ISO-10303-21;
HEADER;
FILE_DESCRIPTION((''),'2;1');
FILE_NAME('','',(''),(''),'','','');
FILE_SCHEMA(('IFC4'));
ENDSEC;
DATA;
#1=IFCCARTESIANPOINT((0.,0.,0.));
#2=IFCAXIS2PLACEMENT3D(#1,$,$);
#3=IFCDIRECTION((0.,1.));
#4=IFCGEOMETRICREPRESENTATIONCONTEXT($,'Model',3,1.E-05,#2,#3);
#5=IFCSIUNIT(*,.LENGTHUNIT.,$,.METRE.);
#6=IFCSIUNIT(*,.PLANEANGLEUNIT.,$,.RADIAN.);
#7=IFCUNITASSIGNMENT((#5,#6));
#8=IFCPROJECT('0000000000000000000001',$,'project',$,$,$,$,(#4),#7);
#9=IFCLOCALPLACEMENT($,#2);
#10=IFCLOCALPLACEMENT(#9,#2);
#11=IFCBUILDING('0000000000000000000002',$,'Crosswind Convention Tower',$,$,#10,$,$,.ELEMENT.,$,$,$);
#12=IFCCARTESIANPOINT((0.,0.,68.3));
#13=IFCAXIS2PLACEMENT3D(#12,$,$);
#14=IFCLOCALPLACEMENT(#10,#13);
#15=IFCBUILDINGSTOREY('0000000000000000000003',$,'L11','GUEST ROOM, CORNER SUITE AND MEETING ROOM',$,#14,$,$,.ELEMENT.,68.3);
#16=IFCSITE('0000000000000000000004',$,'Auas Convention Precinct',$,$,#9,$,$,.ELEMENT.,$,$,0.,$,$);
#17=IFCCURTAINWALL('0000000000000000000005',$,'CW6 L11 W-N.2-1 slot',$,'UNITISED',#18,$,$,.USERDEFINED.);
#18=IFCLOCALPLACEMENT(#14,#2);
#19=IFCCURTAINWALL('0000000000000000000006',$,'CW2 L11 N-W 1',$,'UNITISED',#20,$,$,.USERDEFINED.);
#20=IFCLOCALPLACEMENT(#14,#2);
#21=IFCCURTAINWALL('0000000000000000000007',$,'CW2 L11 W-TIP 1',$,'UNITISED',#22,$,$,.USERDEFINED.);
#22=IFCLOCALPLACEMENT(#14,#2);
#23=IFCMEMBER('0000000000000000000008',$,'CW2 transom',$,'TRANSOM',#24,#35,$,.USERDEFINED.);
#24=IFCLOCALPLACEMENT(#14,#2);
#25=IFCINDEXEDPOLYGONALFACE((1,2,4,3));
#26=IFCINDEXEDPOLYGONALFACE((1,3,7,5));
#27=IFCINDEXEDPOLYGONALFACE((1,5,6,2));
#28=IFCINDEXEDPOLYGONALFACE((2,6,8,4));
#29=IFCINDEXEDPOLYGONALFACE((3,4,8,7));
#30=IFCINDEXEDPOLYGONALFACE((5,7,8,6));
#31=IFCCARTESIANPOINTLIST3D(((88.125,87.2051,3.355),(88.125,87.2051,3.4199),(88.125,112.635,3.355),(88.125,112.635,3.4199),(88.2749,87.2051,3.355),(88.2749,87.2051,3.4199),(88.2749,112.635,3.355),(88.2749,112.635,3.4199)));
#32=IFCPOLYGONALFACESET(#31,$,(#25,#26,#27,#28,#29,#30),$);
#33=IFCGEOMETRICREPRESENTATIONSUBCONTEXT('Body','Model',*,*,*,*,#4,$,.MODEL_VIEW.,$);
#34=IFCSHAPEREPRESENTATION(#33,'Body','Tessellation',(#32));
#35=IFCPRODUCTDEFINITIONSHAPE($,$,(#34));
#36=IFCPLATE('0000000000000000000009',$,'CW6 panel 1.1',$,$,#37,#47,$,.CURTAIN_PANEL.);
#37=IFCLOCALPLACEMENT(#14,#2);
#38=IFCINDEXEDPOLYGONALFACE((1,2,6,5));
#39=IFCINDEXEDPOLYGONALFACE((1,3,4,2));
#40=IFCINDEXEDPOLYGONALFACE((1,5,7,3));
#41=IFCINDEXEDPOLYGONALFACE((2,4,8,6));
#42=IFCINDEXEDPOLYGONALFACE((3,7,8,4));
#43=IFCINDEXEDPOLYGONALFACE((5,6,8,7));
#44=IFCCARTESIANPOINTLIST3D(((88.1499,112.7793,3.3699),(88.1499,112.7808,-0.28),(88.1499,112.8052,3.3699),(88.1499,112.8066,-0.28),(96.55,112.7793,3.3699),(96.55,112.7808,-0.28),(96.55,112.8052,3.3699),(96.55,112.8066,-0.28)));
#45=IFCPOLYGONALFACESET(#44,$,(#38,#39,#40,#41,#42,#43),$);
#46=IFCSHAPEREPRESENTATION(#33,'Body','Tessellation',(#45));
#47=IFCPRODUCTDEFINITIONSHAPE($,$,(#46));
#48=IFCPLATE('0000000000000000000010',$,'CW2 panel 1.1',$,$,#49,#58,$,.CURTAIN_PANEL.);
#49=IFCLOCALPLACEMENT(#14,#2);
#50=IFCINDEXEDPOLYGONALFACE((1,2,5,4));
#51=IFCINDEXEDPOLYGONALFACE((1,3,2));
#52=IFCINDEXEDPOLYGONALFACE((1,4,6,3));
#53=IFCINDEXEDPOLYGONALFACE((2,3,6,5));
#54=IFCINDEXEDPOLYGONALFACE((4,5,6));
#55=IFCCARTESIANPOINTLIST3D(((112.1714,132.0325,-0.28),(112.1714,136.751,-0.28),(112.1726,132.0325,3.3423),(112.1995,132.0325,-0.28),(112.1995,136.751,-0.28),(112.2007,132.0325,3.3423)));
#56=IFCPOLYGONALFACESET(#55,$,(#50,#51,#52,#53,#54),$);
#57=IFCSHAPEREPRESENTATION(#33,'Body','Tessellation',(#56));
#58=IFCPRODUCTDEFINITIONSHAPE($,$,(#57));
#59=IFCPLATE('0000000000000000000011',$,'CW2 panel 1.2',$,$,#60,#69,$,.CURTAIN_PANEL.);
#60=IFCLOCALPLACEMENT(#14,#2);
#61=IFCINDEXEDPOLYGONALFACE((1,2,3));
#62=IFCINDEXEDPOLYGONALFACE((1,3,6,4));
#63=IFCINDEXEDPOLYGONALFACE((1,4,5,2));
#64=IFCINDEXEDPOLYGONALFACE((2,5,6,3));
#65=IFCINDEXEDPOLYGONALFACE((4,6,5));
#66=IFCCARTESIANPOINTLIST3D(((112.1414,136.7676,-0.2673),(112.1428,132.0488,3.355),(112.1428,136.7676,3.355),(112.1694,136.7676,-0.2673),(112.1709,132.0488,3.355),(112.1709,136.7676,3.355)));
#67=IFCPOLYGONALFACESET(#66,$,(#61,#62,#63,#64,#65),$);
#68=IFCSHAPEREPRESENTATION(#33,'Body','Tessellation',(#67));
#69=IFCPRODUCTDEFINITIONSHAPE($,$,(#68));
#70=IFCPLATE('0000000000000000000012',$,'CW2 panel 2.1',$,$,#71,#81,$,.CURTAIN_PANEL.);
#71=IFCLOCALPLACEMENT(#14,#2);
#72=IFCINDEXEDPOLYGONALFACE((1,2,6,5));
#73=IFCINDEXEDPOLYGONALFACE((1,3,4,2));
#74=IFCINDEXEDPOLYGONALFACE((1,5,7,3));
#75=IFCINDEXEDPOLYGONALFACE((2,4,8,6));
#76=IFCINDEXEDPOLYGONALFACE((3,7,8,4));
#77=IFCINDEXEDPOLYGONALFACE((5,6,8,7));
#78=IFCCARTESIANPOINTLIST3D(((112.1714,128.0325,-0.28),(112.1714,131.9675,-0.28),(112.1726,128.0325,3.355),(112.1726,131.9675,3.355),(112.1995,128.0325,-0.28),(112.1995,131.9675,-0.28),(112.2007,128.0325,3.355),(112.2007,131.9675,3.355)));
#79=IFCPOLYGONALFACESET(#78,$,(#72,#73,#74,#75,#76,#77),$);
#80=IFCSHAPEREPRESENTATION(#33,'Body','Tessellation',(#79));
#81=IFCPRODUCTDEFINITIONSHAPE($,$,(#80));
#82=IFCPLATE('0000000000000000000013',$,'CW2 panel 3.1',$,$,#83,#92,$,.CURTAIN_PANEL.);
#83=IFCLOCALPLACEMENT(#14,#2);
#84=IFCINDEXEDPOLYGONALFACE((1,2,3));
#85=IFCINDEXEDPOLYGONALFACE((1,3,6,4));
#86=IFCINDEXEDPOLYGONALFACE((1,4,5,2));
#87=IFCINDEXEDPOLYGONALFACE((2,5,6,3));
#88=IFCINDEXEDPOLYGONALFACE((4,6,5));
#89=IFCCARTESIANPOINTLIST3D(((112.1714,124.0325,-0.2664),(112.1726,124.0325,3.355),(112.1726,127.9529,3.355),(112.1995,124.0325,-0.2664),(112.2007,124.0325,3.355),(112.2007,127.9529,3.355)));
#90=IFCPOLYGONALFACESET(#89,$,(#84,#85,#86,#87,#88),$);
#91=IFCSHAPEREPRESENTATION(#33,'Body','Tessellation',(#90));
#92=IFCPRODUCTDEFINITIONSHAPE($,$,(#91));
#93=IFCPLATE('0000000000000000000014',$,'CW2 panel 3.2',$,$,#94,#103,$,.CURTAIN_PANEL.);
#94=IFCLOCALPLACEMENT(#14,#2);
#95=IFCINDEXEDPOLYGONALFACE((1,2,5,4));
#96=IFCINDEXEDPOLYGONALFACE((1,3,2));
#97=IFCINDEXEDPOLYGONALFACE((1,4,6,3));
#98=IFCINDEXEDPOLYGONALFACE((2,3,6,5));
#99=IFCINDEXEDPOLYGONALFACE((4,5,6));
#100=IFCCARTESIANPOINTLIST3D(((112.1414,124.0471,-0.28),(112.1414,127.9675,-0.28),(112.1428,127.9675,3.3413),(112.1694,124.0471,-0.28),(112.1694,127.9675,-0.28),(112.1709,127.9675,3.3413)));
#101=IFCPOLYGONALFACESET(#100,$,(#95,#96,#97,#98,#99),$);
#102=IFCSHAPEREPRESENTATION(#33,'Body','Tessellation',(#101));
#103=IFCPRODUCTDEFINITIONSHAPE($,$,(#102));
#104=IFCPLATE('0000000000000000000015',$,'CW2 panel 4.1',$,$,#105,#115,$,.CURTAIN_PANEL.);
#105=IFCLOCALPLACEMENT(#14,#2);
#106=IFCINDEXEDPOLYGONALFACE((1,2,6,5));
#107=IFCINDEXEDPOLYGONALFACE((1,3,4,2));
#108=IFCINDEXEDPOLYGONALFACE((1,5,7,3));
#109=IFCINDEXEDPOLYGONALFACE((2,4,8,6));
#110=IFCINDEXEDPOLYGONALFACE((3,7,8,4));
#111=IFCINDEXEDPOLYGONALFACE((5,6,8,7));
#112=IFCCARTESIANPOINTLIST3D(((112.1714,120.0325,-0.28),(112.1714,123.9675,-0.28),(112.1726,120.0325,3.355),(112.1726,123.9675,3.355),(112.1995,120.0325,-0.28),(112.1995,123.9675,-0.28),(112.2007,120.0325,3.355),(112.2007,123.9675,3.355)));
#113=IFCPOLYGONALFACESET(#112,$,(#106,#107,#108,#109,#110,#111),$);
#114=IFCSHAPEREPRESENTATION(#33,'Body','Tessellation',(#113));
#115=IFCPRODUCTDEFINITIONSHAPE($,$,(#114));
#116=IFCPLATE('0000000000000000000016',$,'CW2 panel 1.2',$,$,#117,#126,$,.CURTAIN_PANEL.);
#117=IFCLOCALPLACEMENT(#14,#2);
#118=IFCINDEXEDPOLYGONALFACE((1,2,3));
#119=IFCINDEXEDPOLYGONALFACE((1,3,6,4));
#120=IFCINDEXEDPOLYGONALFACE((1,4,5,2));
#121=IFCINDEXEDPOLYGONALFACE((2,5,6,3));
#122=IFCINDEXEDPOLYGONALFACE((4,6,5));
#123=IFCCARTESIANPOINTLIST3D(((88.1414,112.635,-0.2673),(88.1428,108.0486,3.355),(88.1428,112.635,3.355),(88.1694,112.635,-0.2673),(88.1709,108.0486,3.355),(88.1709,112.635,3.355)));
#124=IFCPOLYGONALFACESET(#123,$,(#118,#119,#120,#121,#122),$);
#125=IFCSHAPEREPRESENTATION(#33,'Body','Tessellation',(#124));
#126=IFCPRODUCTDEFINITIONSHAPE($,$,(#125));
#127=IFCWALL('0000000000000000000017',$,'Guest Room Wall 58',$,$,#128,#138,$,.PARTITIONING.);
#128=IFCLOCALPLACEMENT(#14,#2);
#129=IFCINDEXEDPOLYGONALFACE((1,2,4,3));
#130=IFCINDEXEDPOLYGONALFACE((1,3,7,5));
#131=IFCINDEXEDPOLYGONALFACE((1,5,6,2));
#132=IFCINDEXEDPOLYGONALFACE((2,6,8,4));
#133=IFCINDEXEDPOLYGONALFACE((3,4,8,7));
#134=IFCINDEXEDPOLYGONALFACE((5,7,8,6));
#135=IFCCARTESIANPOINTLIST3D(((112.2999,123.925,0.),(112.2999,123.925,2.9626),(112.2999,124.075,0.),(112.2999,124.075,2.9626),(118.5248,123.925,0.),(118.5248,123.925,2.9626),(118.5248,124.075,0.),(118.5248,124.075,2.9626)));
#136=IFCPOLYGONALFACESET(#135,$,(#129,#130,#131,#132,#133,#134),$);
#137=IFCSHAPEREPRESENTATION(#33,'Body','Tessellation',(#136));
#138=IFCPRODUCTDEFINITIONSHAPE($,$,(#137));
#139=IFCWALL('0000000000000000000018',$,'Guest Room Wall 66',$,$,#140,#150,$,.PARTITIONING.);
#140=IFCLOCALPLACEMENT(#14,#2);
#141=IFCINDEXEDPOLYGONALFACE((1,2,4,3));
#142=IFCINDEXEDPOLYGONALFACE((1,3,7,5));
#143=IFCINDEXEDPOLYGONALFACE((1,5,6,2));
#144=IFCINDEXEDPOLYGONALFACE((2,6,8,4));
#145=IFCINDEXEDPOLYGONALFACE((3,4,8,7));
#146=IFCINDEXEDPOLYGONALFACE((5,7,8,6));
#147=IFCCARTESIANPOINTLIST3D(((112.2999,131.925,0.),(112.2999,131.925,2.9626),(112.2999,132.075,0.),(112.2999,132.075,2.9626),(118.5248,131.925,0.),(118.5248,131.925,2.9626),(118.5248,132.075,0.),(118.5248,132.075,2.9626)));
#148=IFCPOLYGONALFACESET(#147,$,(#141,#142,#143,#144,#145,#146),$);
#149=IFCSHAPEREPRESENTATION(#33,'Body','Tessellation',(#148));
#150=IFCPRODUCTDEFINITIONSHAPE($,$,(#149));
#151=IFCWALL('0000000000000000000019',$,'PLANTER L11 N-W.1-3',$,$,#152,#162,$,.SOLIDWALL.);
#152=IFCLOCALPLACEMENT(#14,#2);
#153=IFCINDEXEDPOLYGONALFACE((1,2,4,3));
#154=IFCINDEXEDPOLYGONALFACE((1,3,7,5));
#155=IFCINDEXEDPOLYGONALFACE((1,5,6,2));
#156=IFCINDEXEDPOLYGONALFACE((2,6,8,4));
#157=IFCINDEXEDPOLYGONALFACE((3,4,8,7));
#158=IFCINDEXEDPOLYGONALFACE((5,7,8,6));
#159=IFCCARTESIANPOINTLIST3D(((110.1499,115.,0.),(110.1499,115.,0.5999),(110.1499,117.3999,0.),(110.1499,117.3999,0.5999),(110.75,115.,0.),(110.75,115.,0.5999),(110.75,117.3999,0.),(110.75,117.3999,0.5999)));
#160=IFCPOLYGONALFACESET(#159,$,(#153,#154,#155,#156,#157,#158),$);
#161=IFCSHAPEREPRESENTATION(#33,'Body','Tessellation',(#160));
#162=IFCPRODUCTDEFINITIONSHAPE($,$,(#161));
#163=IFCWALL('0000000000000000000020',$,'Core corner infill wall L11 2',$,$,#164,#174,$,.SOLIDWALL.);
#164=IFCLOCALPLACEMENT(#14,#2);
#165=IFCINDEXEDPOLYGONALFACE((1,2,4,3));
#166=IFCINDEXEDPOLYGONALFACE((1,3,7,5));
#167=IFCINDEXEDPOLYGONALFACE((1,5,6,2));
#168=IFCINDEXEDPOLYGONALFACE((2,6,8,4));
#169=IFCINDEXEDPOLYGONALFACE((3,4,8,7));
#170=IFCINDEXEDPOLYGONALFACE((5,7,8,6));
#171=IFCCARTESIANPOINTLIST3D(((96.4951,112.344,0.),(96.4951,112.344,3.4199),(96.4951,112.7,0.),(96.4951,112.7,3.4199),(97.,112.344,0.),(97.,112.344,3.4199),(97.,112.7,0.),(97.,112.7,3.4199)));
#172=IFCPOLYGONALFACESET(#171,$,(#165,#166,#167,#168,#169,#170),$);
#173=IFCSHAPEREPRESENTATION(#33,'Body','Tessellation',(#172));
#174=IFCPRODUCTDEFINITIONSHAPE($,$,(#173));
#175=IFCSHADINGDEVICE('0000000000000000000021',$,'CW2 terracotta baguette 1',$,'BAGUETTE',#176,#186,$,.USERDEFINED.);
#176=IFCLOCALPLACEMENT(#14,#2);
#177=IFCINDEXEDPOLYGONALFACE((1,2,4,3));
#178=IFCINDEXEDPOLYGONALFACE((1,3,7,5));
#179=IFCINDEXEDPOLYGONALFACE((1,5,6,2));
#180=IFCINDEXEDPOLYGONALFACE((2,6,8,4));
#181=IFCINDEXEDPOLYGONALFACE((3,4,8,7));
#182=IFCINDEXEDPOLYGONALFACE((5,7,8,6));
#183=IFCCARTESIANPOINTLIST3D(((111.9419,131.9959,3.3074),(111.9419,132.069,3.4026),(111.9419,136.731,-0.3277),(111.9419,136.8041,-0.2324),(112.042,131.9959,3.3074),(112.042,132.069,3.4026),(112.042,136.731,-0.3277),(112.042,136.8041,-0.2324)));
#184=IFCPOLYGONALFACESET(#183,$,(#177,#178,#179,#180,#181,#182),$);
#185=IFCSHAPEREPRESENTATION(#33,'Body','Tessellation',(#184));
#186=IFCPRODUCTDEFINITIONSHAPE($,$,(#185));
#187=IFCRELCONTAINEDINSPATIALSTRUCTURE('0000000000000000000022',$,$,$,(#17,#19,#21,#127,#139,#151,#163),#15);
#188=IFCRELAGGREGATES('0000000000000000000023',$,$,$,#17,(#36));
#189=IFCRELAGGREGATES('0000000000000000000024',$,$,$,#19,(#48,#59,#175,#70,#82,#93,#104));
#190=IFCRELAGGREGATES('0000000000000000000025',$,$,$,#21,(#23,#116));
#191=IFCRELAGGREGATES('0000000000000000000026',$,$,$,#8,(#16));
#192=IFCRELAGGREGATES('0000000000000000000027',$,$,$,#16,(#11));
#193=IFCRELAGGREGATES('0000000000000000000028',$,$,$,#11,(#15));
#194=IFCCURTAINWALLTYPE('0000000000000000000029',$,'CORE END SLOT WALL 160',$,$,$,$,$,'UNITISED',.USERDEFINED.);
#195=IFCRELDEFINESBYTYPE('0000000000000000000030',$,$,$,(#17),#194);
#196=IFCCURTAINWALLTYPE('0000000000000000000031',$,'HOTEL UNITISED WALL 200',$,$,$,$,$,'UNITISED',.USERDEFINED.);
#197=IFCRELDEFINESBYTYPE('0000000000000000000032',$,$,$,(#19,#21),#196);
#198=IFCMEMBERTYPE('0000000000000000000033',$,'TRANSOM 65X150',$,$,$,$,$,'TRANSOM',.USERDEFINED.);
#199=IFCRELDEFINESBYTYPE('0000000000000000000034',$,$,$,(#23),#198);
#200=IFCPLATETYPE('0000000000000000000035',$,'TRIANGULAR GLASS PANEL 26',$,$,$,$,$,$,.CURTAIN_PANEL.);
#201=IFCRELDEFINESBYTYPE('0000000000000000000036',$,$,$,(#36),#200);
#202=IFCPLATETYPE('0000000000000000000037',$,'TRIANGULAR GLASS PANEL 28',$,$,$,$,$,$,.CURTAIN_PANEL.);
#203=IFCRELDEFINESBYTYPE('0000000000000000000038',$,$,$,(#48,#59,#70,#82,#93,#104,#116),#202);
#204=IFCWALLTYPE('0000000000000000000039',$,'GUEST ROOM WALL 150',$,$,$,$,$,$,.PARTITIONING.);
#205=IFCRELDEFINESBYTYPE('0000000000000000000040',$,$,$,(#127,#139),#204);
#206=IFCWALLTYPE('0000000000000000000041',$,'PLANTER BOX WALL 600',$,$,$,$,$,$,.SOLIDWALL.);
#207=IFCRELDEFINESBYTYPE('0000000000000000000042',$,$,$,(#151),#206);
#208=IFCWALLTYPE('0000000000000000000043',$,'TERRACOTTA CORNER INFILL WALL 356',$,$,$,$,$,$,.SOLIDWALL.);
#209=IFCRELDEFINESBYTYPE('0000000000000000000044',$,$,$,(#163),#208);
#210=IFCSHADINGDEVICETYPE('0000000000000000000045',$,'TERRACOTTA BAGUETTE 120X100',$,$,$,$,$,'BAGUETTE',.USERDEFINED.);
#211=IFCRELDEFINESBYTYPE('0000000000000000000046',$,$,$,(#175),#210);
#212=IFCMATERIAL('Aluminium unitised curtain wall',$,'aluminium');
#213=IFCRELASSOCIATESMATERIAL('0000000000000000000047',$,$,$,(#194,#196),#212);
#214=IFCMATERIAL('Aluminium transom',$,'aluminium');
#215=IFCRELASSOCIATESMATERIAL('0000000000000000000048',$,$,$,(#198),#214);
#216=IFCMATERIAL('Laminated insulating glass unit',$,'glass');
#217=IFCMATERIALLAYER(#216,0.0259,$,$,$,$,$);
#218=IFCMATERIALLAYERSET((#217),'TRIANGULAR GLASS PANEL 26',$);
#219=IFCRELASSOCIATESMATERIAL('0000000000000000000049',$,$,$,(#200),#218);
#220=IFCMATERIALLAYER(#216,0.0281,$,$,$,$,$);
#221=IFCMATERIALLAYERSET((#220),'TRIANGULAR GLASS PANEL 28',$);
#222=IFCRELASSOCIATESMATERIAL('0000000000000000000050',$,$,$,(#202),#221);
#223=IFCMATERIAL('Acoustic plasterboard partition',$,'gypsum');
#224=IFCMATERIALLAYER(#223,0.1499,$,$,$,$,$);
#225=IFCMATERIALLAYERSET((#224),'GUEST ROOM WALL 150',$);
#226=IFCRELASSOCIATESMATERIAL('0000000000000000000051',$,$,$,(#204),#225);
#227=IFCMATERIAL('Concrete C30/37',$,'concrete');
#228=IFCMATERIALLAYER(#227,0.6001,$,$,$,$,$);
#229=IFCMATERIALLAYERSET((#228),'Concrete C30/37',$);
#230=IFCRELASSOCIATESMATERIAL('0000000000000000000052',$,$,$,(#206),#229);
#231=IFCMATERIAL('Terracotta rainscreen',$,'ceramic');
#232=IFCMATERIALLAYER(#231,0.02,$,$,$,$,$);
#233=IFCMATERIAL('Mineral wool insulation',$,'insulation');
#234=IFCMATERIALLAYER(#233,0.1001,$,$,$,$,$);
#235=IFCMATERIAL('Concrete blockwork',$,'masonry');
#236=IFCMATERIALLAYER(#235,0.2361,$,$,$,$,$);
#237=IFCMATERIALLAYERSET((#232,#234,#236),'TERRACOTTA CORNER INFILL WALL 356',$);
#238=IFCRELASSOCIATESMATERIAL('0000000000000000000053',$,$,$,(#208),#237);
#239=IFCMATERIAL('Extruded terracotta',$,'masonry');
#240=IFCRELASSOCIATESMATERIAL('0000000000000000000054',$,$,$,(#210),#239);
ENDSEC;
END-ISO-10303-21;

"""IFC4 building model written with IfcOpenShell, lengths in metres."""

from ifc_helpers import new_model, si_unit, direction, frame, frame_2d, origin, origin_2d, place, context, subcontext, project, spatial, polyline, rectangle, outline, extrude, material, layer, layer_set, material_profile, profile_set, type_object, element, aggregate, save


model = new_model("IFC4")

# Units and contexts
model_context = context("Model", 3, precision=1e-05, world=origin(), true_north=direction((0.0, 1.0)))
body_context = subcontext(model_context, "Body", "Model", "MODEL_VIEW")
ifc_project = project(units=[si_unit("LENGTHUNIT", "METRE"), si_unit("PLANEANGLEUNIT", "RADIAN")], contexts=[model_context])

# Site, building, storey
site_placement = place(None, origin())
site = spatial("IfcSite", under=ifc_project, at=site_placement, Name="Auas Convention Precinct", CompositionType="ELEMENT", RefElevation=0.0)
building_placement = place(site_placement, origin())
building = spatial("IfcBuilding", under=site, at=building_placement, Name="Crosswind Convention Tower", CompositionType="ELEMENT")
storey_placement = place(building_placement, frame((0.0, 0.0, 68.3)))
storey = spatial("IfcBuildingStorey", under=building, at=storey_placement, Name="L11", Description="GUEST ROOM, CORNER SUITE AND MEETING ROOM", CompositionType="ELEMENT", Elevation=68.3)

# Curtain wall
ifc_material_1 = material(Name="Aluminium unitised curtain wall", Category="aluminium")
curtain_wall_type_1 = type_object("IfcCurtainWallType", Name="CORE END SLOT WALL 160", ElementType="UNITISED", PredefinedType="USERDEFINED", material=ifc_material_1)
curtain_wall_1_placement = place(storey_placement, origin())
curtain_wall_1 = element("IfcCurtainWall", 1, at=curtain_wall_1_placement, inside=storey, type_object=curtain_wall_type_1, Name="CW6 L11 W-N.2-1 slot", ObjectType="UNITISED", PredefinedType="USERDEFINED")

# Shared definitions
curtain_wall_type_2 = type_object("IfcCurtainWallType", Name="HOTEL UNITISED WALL 200", ElementType="UNITISED", PredefinedType="USERDEFINED", material=ifc_material_1)

# Curtain wall
curtain_wall_2_placement = place(storey_placement, origin())
curtain_wall_2 = element("IfcCurtainWall", 2, at=curtain_wall_2_placement, inside=storey, type_object=curtain_wall_type_2, Name="CW2 L11 N-W 1", ObjectType="UNITISED", PredefinedType="USERDEFINED")

# Curtain wall
curtain_wall_3_placement = place(storey_placement, origin())
curtain_wall_3 = element("IfcCurtainWall", 3, at=curtain_wall_3_placement, inside=storey, type_object=curtain_wall_type_2, Name="CW2 L11 W-TIP 1", ObjectType="UNITISED", PredefinedType="USERDEFINED")

# Member
ifc_material_2 = material(Name="Aluminium transom", Category="aluminium")
ifc_material_profile_1 = material_profile(ifc_material_2, rectangle(XDim=0.1499, YDim=0.0649, at=origin_2d()), Name="AL 150X65")
ifc_profile_set_1 = profile_set([ifc_material_profile_1], Name="Aluminium transom")
member_type_1 = type_object("IfcMemberType", Name="TRANSOM 65X150", ElementType="TRANSOM", PredefinedType="USERDEFINED", material=ifc_profile_set_1)
member_1_placement = place(storey_placement, frame((88.2, 112.635, 3.3875), z_axis=(0.0, -1.0, 0.0), x_axis=(1.0, 0.0, 0.0)))
member_1 = element("IfcMember", 4, at=member_1_placement, type_object=member_type_1, Name="CW2 transom", ObjectType="TRANSOM", PredefinedType="USERDEFINED", context=body_context, shape_type="SweptSolid", body=[
    extrude(rectangle(XDim=0.1499, YDim=0.0649, at=origin_2d()), origin(), (0.0, 0.0, 1.0), 25.4299),
])

# Plates
ifc_material_3 = material(Name="Laminated insulating glass unit", Category="glass")
ifc_layer_1 = layer(ifc_material_3, 0.0259)
ifc_layer_set_1 = layer_set([ifc_layer_1], Name="TRIANGULAR GLASS PANEL 26")
plate_type_1 = type_object("IfcPlateType", Name="TRIANGULAR GLASS PANEL 26", PredefinedType="CURTAIN_PANEL", material=ifc_layer_set_1)
plate_1_placement = place(storey_placement, frame((96.55, 112.8066, -0.28), z_axis=(0.0, 1.0, 0.000401), x_axis=(-1.0, 0.0, 0.0)))
plate_1 = element("IfcPlate", 5, at=plate_1_placement, type_object=plate_type_1, Name="CW6 panel 1.1", PredefinedType="CURTAIN_PANEL", context=body_context, shape_type="SweptSolid", body=[
    extrude(outline(polyline([(0.0, 0.0), (8.4001, 0.0), (8.4001, 3.6499), (0.0, 3.6499), (0.0, 0.0)])), origin(), (0.0, 0.0, -1.0), 0.0259),
])
aggregate(curtain_wall_1, [plate_1])
ifc_layer_2 = layer(ifc_material_3, 0.0281)
ifc_layer_set_2 = layer_set([ifc_layer_2], Name="TRIANGULAR GLASS PANEL 28")
plate_type_2 = type_object("IfcPlateType", Name="TRIANGULAR GLASS PANEL 28", PredefinedType="CURTAIN_PANEL", material=ifc_layer_set_2)
plate_2_placement = place(storey_placement, frame((112.1714, 132.0325, -0.28), z_axis=(-1.0, 0.0, 0.000337), x_axis=(0.000337, 0.0, 1.0)))
plate_2 = element("IfcPlate", 6, at=plate_2_placement, type_object=plate_type_2, Name="CW2 panel 1.1", PredefinedType="CURTAIN_PANEL", context=body_context, shape_type="SweptSolid", body=[
    extrude(outline(polyline([(0.0, 0.0), (3.6223, 0.0), (0.0, 4.7185), (0.0, 0.0)])), origin(), (0.0, 0.0, -1.0), 0.0281),
])
plate_3_placement = place(storey_placement, frame((112.1428, 136.7676, 3.355), z_axis=(-1.0, 0.0, 0.000404), x_axis=(-0.000404, 0.0, -1.0)))
plate_3 = element("IfcPlate", 7, at=plate_3_placement, type_object=plate_type_2, Name="CW2 panel 1.2", PredefinedType="CURTAIN_PANEL", context=body_context, shape_type="SweptSolid", body=[
    extrude(outline(polyline([(0.0, 0.0), (3.6223, 0.0), (0.0, 4.7188), (0.0, 0.0)])), origin(), (0.0, 0.0, -1.0), 0.0281),
])
plate_4_placement = place(storey_placement, frame((112.1714, 131.9675, -0.28), z_axis=(-1.0, 0.0, 0.000336), x_axis=(0.0, -1.0, 0.0)))
plate_4 = element("IfcPlate", 8, at=plate_4_placement, type_object=plate_type_2, Name="CW2 panel 2.1", PredefinedType="CURTAIN_PANEL", context=body_context, shape_type="SweptSolid", body=[
    extrude(outline(polyline([(0.0, 0.0), (3.9351, 0.0), (3.9351, 3.635), (0.0, 3.635), (0.0, 0.0)])), origin(), (0.0, 0.0, -1.0), 0.0281),
])
plate_5_placement = place(storey_placement, frame((112.1726, 124.0325, 3.355), z_axis=(-1.0, 0.0, 0.000337), x_axis=(0.0, 1.0, 0.0)))
plate_5 = element("IfcPlate", 9, at=plate_5_placement, type_object=plate_type_2, Name="CW2 panel 3.1", PredefinedType="CURTAIN_PANEL", context=body_context, shape_type="SweptSolid", body=[
    extrude(outline(polyline([(0.0, 0.0), (3.9204, 0.0), (0.0, 3.6213), (0.0, 0.0)])), origin(), (0.0, 0.0, -1.0), 0.0281),
])
plate_6_placement = place(storey_placement, frame((112.1414, 127.9675, -0.28), z_axis=(-1.0, 0.0, 0.000405), x_axis=(0.0, -1.0, 0.0)))
plate_6 = element("IfcPlate", 10, at=plate_6_placement, type_object=plate_type_2, Name="CW2 panel 3.2", PredefinedType="CURTAIN_PANEL", context=body_context, shape_type="SweptSolid", body=[
    extrude(outline(polyline([(0.0, 0.0), (3.9204, 0.0), (0.0, 3.6213), (0.0, 0.0)])), origin(), (0.0, 0.0, -1.0), 0.0281),
])
plate_7_placement = place(storey_placement, frame((112.1714, 123.9675, -0.28), z_axis=(-1.0, 0.0, 0.000336), x_axis=(0.0, -1.0, 0.0)))
plate_7 = element("IfcPlate", 11, at=plate_7_placement, type_object=plate_type_2, Name="CW2 panel 4.1", PredefinedType="CURTAIN_PANEL", context=body_context, shape_type="SweptSolid", body=[
    extrude(outline(polyline([(0.0, 0.0), (3.9351, 0.0), (3.9351, 3.635), (0.0, 3.635), (0.0, 0.0)])), origin(), (0.0, 0.0, -1.0), 0.0281),
])
plate_8_placement = place(storey_placement, frame((88.1428, 112.635, 3.355), z_axis=(-1.0, 0.0, 0.000404), x_axis=(-0.000404, 0.0, -1.0)))
plate_8 = element("IfcPlate", 12, at=plate_8_placement, type_object=plate_type_2, Name="CW2 panel 1.2", PredefinedType="CURTAIN_PANEL", context=body_context, shape_type="SweptSolid", body=[
    extrude(outline(polyline([(0.0, 0.0), (3.6223, 0.0), (0.0, 4.5864), (0.0, 0.0)])), origin(), (0.0, 0.0, -1.0), 0.0281),
])

# Walls
ifc_material_4 = material(Name="Acoustic plasterboard partition", Category="gypsum")
ifc_layer_3 = layer(ifc_material_4, 0.1499)
ifc_layer_set_3 = layer_set([ifc_layer_3], Name="GUEST ROOM WALL 150")
wall_type_1 = type_object("IfcWallType", Name="GUEST ROOM WALL 150", PredefinedType="PARTITIONING", material=ifc_layer_set_3)
for number, where, z_axis, x_axis, name in (
    (13, (112.3, 124.0, 0.0), (0.0, 0.0, 1.0), (1.0, 0.0, 0.0), "Guest Room Wall 58"),
    (14, (112.3, 132.0, 0.0), (0.0, 0.0, 1.0), (1.0, 0.0, 0.0), "Guest Room Wall 66"),
):
    element("IfcWall", number, at=place(storey_placement, frame(where, z_axis=z_axis, x_axis=x_axis)), inside=storey, type_object=wall_type_1, Name=name, PredefinedType="PARTITIONING", context=body_context, shape_type="SweptSolid", body=[
        extrude(rectangle(XDim=6.2249, YDim=0.1499, at=frame_2d((3.1123, 0.0))), origin(), (0.0, 0.0, 1.0), 2.9626),
    ])
ifc_material_5 = material(Name="Concrete C30/37", Category="concrete")
ifc_layer_4 = layer(ifc_material_5, 0.6001)
ifc_layer_set_4 = layer_set([ifc_layer_4], Name="Concrete C30/37")
wall_type_2 = type_object("IfcWallType", Name="PLANTER BOX WALL 600", PredefinedType="SOLIDWALL", material=ifc_layer_set_4)
wall_1_placement = place(storey_placement, frame((110.45, 117.3999, 0.0), z_axis=(0.0, 0.0, 1.0), x_axis=(0.0, -1.0, 0.0)))
element("IfcWall", 15, at=wall_1_placement, inside=storey, type_object=wall_type_2, Name="PLANTER L11 N-W.1-3", PredefinedType="SOLIDWALL", context=body_context, shape_type="SweptSolid", body=[
    extrude(rectangle(XDim=2.3999, YDim=0.6001, at=frame_2d((1.2, 0.0))), origin(), (0.0, 0.0, 1.0), 0.5999),
])
ifc_material_6 = material(Name="Terracotta rainscreen", Category="ceramic")
ifc_layer_5 = layer(ifc_material_6, 0.02)
ifc_material_7 = material(Name="Mineral wool insulation", Category="insulation")
ifc_layer_6 = layer(ifc_material_7, 0.1001)
ifc_material_8 = material(Name="Concrete blockwork", Category="masonry")
ifc_layer_7 = layer(ifc_material_8, 0.2361)
ifc_layer_set_5 = layer_set([ifc_layer_5, ifc_layer_6, ifc_layer_7], Name="TERRACOTTA CORNER INFILL WALL 356")
wall_type_3 = type_object("IfcWallType", Name="TERRACOTTA CORNER INFILL WALL 356", PredefinedType="SOLIDWALL", material=ifc_layer_set_5)
wall_2_placement = place(storey_placement, frame((96.4951, 112.522, 0.0), z_axis=(0.0, 0.0, 1.0), x_axis=(1.0, 0.0, 0.0)))
element("IfcWall", 16, at=wall_2_placement, inside=storey, type_object=wall_type_3, Name="Core corner infill wall L11 2", PredefinedType="SOLIDWALL", context=body_context, shape_type="SweptSolid", body=[
    extrude(rectangle(XDim=0.5049, YDim=0.356, at=frame_2d((0.2524, 0.0))), origin(), (0.0, 0.0, 1.0), 3.4199),
])

# Shading device
ifc_material_9 = material(Name="Extruded terracotta", Category="masonry")
ifc_material_profile_2 = material_profile(ifc_material_9, rectangle(XDim=0.1001, YDim=0.1201, at=origin_2d()), Name="TC 100X120")
ifc_profile_set_2 = profile_set([ifc_material_profile_2], Name="Extruded terracotta")
shading_device_type = type_object("IfcShadingDeviceType", Name="TERRACOTTA BAGUETTE 120X100", ElementType="BAGUETTE", PredefinedType="USERDEFINED", material=ifc_profile_set_2)
shading_device_1_placement = place(storey_placement, frame((111.9919, 136.7676, -0.28), z_axis=(0.0, -0.793221, 0.608934), x_axis=(1.0, 0.0, 0.0)))
shading_device_1 = element("IfcShadingDevice", 17, at=shading_device_1_placement, type_object=shading_device_type, Name="CW2 terracotta baguette 1", ObjectType="BAGUETTE", PredefinedType="USERDEFINED", context=body_context, shape_type="SweptSolid", body=[
    extrude(rectangle(XDim=0.1001, YDim=0.1201, at=origin_2d()), origin(), (0.0, 0.0, 1.0), 5.9695),
])
aggregate(curtain_wall_2, [plate_2, plate_3, shading_device_1, plate_4, plate_5, plate_6, plate_7])
aggregate(curtain_wall_3, [member_1, plate_8])

save(model, "model.ifc")
